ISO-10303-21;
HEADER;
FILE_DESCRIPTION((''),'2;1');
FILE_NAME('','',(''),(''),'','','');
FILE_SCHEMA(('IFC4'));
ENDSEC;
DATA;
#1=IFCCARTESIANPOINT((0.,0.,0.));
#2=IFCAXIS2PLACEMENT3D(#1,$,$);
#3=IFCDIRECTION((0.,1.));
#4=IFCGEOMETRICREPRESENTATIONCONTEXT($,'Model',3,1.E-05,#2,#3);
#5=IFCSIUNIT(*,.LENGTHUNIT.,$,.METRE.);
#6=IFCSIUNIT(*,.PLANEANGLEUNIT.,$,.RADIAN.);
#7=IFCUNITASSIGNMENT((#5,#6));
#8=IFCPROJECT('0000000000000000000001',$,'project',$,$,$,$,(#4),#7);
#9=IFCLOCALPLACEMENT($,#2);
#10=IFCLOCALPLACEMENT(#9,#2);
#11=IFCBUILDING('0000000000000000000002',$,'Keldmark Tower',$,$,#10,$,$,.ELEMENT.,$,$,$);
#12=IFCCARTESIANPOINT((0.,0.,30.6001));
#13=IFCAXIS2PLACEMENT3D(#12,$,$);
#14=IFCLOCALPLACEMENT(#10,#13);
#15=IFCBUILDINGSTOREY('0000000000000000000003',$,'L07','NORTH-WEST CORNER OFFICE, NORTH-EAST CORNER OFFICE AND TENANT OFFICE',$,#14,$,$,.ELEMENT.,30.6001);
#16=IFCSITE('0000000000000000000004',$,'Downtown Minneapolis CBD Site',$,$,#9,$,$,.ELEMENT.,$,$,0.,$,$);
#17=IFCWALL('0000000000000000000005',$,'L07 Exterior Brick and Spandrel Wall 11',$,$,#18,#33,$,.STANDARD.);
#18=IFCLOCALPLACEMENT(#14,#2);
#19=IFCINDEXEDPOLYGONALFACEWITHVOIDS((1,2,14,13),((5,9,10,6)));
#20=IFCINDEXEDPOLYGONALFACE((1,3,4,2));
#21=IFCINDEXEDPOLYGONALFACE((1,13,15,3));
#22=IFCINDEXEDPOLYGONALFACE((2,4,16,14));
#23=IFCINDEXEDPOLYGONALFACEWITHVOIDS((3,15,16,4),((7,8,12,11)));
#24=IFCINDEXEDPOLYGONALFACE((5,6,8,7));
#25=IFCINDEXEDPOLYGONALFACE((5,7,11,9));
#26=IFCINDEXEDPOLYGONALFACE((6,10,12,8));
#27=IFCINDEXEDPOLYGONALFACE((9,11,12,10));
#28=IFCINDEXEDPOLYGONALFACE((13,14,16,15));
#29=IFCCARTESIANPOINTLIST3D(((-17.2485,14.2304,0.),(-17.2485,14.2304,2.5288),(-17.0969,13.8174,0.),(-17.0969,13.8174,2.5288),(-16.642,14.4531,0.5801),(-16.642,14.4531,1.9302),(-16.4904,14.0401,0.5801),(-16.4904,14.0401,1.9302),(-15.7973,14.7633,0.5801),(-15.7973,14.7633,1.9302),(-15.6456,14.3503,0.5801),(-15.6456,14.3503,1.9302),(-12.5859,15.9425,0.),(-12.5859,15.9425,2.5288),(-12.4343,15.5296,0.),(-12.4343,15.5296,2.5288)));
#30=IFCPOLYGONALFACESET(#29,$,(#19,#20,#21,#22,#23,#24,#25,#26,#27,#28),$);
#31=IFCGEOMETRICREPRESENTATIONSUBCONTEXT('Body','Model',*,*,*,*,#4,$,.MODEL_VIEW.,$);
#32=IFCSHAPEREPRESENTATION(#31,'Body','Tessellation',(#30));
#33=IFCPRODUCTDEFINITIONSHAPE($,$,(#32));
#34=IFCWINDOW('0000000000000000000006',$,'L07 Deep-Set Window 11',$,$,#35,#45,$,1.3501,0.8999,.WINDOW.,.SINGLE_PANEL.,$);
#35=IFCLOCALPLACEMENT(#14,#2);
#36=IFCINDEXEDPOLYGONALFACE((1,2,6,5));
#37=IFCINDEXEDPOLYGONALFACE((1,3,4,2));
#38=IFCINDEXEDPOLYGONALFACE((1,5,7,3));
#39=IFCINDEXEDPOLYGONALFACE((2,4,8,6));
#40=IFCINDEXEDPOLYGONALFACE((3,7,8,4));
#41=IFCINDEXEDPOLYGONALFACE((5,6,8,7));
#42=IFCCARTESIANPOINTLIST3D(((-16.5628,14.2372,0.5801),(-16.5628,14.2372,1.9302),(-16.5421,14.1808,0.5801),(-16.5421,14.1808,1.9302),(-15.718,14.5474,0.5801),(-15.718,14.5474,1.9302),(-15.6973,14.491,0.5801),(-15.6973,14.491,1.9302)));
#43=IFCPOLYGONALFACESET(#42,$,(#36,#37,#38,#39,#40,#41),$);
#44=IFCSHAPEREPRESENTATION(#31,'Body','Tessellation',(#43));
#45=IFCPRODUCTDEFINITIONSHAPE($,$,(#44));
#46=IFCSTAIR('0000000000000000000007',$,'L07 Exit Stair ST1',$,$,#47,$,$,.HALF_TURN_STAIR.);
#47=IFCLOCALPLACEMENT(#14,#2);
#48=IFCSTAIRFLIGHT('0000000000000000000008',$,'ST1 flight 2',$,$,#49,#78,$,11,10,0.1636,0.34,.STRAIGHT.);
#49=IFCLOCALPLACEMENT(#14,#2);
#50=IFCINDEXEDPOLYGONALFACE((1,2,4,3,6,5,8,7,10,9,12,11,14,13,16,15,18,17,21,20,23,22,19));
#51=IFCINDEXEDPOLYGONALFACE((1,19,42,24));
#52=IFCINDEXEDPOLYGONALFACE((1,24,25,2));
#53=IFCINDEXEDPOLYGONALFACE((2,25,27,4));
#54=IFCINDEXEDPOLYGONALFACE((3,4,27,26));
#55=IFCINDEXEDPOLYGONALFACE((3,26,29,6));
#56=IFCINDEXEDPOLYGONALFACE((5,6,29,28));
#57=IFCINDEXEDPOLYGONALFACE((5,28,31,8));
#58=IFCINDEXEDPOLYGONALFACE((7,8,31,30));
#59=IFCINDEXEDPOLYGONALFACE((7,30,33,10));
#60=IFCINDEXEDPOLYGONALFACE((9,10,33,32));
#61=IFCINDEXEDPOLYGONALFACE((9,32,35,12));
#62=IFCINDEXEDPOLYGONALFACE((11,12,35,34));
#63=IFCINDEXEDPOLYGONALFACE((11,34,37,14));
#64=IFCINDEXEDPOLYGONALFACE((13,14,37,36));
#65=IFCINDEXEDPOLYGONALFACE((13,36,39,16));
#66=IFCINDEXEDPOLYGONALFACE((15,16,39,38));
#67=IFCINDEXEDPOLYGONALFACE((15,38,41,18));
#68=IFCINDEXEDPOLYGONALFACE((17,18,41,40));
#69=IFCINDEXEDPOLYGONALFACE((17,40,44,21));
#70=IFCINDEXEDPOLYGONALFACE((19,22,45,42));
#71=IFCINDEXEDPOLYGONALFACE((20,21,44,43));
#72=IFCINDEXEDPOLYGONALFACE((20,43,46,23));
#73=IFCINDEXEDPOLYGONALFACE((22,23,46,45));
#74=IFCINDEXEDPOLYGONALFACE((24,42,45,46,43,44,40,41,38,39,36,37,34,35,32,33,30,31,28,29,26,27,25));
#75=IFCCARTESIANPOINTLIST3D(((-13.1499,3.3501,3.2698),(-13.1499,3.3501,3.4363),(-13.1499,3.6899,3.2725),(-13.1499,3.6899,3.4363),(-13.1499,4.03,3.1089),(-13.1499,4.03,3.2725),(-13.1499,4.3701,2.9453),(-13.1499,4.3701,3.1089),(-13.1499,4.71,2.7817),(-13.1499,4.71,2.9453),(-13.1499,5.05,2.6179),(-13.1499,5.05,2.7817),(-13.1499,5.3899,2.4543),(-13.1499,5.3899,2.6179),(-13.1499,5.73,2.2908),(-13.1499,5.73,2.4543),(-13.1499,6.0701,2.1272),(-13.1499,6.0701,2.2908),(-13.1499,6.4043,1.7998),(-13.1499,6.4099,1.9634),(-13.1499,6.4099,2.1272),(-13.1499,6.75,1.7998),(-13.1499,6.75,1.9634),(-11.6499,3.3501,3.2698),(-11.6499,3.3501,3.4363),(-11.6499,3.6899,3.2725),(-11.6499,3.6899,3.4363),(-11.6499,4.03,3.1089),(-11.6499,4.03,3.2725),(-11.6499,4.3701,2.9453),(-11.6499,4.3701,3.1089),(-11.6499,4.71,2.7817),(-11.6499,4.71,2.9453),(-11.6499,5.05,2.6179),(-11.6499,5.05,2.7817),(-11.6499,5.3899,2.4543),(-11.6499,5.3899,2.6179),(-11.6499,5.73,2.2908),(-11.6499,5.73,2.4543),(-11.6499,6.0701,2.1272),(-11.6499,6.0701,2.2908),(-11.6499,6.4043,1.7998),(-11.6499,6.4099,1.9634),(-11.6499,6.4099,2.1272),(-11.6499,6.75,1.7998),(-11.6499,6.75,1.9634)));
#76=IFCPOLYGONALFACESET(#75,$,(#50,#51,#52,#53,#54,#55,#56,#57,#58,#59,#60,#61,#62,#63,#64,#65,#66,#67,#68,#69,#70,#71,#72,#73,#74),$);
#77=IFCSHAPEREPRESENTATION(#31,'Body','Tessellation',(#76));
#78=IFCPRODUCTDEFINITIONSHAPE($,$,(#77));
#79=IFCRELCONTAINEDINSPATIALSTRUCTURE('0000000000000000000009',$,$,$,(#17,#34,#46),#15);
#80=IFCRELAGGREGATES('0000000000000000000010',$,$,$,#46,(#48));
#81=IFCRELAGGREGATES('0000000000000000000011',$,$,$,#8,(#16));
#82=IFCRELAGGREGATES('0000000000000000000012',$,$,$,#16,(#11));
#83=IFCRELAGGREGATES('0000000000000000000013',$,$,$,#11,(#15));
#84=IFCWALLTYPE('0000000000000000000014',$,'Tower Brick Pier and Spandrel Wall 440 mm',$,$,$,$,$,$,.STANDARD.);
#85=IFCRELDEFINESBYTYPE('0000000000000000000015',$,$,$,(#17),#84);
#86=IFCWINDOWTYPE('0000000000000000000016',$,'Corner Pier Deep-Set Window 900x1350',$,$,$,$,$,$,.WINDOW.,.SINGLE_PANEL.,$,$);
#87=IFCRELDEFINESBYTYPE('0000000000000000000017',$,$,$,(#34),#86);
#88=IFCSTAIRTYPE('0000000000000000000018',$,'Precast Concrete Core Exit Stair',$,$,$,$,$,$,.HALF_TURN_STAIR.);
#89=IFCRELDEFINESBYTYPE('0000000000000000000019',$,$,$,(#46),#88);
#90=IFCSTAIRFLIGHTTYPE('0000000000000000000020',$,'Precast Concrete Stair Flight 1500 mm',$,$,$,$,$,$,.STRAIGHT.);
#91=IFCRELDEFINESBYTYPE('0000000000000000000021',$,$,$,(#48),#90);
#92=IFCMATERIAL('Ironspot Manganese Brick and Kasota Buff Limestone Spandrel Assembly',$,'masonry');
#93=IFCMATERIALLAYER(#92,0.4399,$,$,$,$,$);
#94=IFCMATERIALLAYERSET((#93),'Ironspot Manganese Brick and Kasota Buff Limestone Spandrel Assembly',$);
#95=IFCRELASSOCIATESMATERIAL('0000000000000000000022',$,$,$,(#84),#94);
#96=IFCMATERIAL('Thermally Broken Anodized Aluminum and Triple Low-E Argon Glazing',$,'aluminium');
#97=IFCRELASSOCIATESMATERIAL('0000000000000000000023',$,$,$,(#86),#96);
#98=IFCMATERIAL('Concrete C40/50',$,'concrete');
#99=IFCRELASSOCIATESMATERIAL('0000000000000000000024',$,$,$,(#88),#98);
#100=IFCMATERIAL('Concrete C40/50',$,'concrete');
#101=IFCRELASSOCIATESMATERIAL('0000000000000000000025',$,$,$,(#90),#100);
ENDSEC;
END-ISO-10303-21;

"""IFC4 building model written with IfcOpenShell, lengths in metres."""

from ifc_helpers import new_model, si_unit, direction, frame, frame_2d, origin, place, context, subcontext, project, spatial, polyline, rectangle, outline, extrude, material, layer, layer_set, type_object, element, fill, aggregate, save


model = new_model("IFC4")

# Units and contexts
model_context = context("Model", 3, precision=1e-05, world=origin(), true_north=direction((0.0, 1.0)))
body_context = subcontext(model_context, "Body", "Model", "MODEL_VIEW")
ifc_project = project(units=[si_unit("LENGTHUNIT", "METRE"), si_unit("PLANEANGLEUNIT", "RADIAN")], contexts=[model_context])

# Site, building, storey
site_placement = place(None, origin())
site = spatial("IfcSite", under=ifc_project, at=site_placement, Name="Downtown Minneapolis CBD Site", CompositionType="ELEMENT", RefElevation=0.0)
building_placement = place(site_placement, origin())
building = spatial("IfcBuilding", under=site, at=building_placement, Name="Keldmark Tower", CompositionType="ELEMENT")
storey_placement = place(building_placement, frame((0.0, 0.0, 30.6001)))
storey = spatial("IfcBuildingStorey", under=building, at=storey_placement, Name="L07", Description="NORTH-WEST CORNER OFFICE, NORTH-EAST CORNER OFFICE AND TENANT OFFICE", CompositionType="ELEMENT", Elevation=30.6001)

# Wall, opening, window
ifc_material_1 = material(Name="Ironspot Manganese Brick and Kasota Buff Limestone Spandrel Assembly", Category="masonry")
ifc_layer_1 = layer(ifc_material_1, 0.4399)
ifc_layer_set_1 = layer_set([ifc_layer_1], Name="Ironspot Manganese Brick and Kasota Buff Limestone Spandrel Assembly")
wall_type_1 = type_object("IfcWallType", Name="Tower Brick Pier and Spandrel Wall 440 mm", PredefinedType="STANDARD", material=ifc_layer_set_1)
wall_1_placement = place(storey_placement, frame((-17.1726, 14.0239, 0.0), z_axis=(0.0, 0.0, 1.0), x_axis=(0.938711, 0.344705, 0.0)))
wall_1 = element("IfcWall", 1, at=wall_1_placement, inside=storey, type_object=wall_type_1, Name="L07 Exterior Brick and Spandrel Wall 11", PredefinedType="STANDARD", context=body_context, shape_type="SweptSolid", body=[
    extrude(rectangle(XDim=4.967, YDim=0.4399, at=frame_2d((2.4834, 0.0))), origin(), (0.0, 0.0, 1.0), 2.5288),
])
opening_1_placement = place(wall_1_placement, frame((0.646, 0.0, 0.5801)))
opening_1 = element("IfcOpeningElement", 2, at=opening_1_placement, cuts=wall_1, PredefinedType="OPENING", context=body_context, shape_type="SweptSolid", body=[
    extrude(rectangle(XDim=0.8999, YDim=1.3501, at=frame_2d((0.45, 0.675))), frame((0.0, 0.23, 0.0), z_axis=(0.0, -1.0, 0.0), x_axis=(1.0, 0.0, 0.0)), (0.0, 0.0, 1.0), 0.46),
])
ifc_material_2 = material(Name="Thermally Broken Anodized Aluminum and Triple Low-E Argon Glazing", Category="aluminium")
window_type_1 = type_object("IfcWindowType", Name="Corner Pier Deep-Set Window 900x1350", PartitioningType="SINGLE_PANEL", PredefinedType="WINDOW", material=ifc_material_2)
window_1_placement = place(opening_1_placement, origin())
window_1 = element("IfcWindow", 3, at=window_1_placement, inside=storey, type_object=window_type_1, Name="L07 Deep-Set Window 11", OverallHeight=1.3501, OverallWidth=0.8999, PartitioningType="SINGLE_PANEL", PredefinedType="WINDOW", context=body_context, shape_type="SweptSolid", body=[
    extrude(rectangle(XDim=0.8999, YDim=1.3501, at=frame_2d((0.45, 0.675))), frame((0.0, -0.01, 0.0), z_axis=(0.0, -1.0, 0.0), x_axis=(1.0, 0.0, 0.0)), (0.0, 0.0, 1.0), 0.0601),
])
fill(opening_1, window_1)

# Stair, stair flight
ifc_material_3 = material(Name="Concrete C40/50", Category="concrete")
stair_type = type_object("IfcStairType", Name="Precast Concrete Core Exit Stair", PredefinedType="HALF_TURN_STAIR", material=ifc_material_3)
stair_placement = place(storey_placement, origin())
stair = element("IfcStair", 4, at=stair_placement, inside=storey, type_object=stair_type, Name="L07 Exit Stair ST1", PredefinedType="HALF_TURN_STAIR")
ifc_material_4 = material(Name="Concrete C40/50", Category="concrete")
stair_flight_type = type_object("IfcStairFlightType", Name="Precast Concrete Stair Flight 1500 mm", PredefinedType="STRAIGHT", material=ifc_material_4)
stair_flight_placement = place(storey_placement, frame((-12.3999, 6.75, 1.7998), z_axis=(0.0, 0.0, 1.0), x_axis=(0.0, -1.0, 0.0)))
stair_flight = element("IfcStairFlight", 5, at=stair_flight_placement, type_object=stair_flight_type, Name="ST1 flight 2", NumberOfRisers=11, NumberOfTreads=10, PredefinedType="STRAIGHT", RiserHeight=0.1636, TreadLength=0.34, context=body_context, shape_type="SweptSolid", body=[
    extrude(outline(polyline([(0.0, 0.0), (0.0, 0.1636), (0.3401, 0.1636), (0.3401, 0.3274), (0.6799, 0.3274), (0.6799, 0.491), (1.02, 0.491), (1.02, 0.6545), (1.3601, 0.6545), (1.3601, 0.8181), (1.7, 0.8181), (1.7, 0.9819), (2.04, 0.9819), (2.04, 1.1455), (2.3799, 1.1455), (2.3799, 1.3091), (2.72, 1.3091), (2.72, 1.4727), (3.0601, 1.4727), (3.0601, 1.6365), (3.3999, 1.6365), (3.3999, 1.8), (3.3999, 1.47), (0.3457, 0.0), (0.0, 0.0)])), frame((0.0, 0.75, 0.0), z_axis=(0.0, -1.0, 0.0), x_axis=(1.0, 0.0, 0.0)), (0.0, 0.0, 1.0), 1.5),
])
aggregate(stair, [stair_flight])

save(model, "model.ifc")
